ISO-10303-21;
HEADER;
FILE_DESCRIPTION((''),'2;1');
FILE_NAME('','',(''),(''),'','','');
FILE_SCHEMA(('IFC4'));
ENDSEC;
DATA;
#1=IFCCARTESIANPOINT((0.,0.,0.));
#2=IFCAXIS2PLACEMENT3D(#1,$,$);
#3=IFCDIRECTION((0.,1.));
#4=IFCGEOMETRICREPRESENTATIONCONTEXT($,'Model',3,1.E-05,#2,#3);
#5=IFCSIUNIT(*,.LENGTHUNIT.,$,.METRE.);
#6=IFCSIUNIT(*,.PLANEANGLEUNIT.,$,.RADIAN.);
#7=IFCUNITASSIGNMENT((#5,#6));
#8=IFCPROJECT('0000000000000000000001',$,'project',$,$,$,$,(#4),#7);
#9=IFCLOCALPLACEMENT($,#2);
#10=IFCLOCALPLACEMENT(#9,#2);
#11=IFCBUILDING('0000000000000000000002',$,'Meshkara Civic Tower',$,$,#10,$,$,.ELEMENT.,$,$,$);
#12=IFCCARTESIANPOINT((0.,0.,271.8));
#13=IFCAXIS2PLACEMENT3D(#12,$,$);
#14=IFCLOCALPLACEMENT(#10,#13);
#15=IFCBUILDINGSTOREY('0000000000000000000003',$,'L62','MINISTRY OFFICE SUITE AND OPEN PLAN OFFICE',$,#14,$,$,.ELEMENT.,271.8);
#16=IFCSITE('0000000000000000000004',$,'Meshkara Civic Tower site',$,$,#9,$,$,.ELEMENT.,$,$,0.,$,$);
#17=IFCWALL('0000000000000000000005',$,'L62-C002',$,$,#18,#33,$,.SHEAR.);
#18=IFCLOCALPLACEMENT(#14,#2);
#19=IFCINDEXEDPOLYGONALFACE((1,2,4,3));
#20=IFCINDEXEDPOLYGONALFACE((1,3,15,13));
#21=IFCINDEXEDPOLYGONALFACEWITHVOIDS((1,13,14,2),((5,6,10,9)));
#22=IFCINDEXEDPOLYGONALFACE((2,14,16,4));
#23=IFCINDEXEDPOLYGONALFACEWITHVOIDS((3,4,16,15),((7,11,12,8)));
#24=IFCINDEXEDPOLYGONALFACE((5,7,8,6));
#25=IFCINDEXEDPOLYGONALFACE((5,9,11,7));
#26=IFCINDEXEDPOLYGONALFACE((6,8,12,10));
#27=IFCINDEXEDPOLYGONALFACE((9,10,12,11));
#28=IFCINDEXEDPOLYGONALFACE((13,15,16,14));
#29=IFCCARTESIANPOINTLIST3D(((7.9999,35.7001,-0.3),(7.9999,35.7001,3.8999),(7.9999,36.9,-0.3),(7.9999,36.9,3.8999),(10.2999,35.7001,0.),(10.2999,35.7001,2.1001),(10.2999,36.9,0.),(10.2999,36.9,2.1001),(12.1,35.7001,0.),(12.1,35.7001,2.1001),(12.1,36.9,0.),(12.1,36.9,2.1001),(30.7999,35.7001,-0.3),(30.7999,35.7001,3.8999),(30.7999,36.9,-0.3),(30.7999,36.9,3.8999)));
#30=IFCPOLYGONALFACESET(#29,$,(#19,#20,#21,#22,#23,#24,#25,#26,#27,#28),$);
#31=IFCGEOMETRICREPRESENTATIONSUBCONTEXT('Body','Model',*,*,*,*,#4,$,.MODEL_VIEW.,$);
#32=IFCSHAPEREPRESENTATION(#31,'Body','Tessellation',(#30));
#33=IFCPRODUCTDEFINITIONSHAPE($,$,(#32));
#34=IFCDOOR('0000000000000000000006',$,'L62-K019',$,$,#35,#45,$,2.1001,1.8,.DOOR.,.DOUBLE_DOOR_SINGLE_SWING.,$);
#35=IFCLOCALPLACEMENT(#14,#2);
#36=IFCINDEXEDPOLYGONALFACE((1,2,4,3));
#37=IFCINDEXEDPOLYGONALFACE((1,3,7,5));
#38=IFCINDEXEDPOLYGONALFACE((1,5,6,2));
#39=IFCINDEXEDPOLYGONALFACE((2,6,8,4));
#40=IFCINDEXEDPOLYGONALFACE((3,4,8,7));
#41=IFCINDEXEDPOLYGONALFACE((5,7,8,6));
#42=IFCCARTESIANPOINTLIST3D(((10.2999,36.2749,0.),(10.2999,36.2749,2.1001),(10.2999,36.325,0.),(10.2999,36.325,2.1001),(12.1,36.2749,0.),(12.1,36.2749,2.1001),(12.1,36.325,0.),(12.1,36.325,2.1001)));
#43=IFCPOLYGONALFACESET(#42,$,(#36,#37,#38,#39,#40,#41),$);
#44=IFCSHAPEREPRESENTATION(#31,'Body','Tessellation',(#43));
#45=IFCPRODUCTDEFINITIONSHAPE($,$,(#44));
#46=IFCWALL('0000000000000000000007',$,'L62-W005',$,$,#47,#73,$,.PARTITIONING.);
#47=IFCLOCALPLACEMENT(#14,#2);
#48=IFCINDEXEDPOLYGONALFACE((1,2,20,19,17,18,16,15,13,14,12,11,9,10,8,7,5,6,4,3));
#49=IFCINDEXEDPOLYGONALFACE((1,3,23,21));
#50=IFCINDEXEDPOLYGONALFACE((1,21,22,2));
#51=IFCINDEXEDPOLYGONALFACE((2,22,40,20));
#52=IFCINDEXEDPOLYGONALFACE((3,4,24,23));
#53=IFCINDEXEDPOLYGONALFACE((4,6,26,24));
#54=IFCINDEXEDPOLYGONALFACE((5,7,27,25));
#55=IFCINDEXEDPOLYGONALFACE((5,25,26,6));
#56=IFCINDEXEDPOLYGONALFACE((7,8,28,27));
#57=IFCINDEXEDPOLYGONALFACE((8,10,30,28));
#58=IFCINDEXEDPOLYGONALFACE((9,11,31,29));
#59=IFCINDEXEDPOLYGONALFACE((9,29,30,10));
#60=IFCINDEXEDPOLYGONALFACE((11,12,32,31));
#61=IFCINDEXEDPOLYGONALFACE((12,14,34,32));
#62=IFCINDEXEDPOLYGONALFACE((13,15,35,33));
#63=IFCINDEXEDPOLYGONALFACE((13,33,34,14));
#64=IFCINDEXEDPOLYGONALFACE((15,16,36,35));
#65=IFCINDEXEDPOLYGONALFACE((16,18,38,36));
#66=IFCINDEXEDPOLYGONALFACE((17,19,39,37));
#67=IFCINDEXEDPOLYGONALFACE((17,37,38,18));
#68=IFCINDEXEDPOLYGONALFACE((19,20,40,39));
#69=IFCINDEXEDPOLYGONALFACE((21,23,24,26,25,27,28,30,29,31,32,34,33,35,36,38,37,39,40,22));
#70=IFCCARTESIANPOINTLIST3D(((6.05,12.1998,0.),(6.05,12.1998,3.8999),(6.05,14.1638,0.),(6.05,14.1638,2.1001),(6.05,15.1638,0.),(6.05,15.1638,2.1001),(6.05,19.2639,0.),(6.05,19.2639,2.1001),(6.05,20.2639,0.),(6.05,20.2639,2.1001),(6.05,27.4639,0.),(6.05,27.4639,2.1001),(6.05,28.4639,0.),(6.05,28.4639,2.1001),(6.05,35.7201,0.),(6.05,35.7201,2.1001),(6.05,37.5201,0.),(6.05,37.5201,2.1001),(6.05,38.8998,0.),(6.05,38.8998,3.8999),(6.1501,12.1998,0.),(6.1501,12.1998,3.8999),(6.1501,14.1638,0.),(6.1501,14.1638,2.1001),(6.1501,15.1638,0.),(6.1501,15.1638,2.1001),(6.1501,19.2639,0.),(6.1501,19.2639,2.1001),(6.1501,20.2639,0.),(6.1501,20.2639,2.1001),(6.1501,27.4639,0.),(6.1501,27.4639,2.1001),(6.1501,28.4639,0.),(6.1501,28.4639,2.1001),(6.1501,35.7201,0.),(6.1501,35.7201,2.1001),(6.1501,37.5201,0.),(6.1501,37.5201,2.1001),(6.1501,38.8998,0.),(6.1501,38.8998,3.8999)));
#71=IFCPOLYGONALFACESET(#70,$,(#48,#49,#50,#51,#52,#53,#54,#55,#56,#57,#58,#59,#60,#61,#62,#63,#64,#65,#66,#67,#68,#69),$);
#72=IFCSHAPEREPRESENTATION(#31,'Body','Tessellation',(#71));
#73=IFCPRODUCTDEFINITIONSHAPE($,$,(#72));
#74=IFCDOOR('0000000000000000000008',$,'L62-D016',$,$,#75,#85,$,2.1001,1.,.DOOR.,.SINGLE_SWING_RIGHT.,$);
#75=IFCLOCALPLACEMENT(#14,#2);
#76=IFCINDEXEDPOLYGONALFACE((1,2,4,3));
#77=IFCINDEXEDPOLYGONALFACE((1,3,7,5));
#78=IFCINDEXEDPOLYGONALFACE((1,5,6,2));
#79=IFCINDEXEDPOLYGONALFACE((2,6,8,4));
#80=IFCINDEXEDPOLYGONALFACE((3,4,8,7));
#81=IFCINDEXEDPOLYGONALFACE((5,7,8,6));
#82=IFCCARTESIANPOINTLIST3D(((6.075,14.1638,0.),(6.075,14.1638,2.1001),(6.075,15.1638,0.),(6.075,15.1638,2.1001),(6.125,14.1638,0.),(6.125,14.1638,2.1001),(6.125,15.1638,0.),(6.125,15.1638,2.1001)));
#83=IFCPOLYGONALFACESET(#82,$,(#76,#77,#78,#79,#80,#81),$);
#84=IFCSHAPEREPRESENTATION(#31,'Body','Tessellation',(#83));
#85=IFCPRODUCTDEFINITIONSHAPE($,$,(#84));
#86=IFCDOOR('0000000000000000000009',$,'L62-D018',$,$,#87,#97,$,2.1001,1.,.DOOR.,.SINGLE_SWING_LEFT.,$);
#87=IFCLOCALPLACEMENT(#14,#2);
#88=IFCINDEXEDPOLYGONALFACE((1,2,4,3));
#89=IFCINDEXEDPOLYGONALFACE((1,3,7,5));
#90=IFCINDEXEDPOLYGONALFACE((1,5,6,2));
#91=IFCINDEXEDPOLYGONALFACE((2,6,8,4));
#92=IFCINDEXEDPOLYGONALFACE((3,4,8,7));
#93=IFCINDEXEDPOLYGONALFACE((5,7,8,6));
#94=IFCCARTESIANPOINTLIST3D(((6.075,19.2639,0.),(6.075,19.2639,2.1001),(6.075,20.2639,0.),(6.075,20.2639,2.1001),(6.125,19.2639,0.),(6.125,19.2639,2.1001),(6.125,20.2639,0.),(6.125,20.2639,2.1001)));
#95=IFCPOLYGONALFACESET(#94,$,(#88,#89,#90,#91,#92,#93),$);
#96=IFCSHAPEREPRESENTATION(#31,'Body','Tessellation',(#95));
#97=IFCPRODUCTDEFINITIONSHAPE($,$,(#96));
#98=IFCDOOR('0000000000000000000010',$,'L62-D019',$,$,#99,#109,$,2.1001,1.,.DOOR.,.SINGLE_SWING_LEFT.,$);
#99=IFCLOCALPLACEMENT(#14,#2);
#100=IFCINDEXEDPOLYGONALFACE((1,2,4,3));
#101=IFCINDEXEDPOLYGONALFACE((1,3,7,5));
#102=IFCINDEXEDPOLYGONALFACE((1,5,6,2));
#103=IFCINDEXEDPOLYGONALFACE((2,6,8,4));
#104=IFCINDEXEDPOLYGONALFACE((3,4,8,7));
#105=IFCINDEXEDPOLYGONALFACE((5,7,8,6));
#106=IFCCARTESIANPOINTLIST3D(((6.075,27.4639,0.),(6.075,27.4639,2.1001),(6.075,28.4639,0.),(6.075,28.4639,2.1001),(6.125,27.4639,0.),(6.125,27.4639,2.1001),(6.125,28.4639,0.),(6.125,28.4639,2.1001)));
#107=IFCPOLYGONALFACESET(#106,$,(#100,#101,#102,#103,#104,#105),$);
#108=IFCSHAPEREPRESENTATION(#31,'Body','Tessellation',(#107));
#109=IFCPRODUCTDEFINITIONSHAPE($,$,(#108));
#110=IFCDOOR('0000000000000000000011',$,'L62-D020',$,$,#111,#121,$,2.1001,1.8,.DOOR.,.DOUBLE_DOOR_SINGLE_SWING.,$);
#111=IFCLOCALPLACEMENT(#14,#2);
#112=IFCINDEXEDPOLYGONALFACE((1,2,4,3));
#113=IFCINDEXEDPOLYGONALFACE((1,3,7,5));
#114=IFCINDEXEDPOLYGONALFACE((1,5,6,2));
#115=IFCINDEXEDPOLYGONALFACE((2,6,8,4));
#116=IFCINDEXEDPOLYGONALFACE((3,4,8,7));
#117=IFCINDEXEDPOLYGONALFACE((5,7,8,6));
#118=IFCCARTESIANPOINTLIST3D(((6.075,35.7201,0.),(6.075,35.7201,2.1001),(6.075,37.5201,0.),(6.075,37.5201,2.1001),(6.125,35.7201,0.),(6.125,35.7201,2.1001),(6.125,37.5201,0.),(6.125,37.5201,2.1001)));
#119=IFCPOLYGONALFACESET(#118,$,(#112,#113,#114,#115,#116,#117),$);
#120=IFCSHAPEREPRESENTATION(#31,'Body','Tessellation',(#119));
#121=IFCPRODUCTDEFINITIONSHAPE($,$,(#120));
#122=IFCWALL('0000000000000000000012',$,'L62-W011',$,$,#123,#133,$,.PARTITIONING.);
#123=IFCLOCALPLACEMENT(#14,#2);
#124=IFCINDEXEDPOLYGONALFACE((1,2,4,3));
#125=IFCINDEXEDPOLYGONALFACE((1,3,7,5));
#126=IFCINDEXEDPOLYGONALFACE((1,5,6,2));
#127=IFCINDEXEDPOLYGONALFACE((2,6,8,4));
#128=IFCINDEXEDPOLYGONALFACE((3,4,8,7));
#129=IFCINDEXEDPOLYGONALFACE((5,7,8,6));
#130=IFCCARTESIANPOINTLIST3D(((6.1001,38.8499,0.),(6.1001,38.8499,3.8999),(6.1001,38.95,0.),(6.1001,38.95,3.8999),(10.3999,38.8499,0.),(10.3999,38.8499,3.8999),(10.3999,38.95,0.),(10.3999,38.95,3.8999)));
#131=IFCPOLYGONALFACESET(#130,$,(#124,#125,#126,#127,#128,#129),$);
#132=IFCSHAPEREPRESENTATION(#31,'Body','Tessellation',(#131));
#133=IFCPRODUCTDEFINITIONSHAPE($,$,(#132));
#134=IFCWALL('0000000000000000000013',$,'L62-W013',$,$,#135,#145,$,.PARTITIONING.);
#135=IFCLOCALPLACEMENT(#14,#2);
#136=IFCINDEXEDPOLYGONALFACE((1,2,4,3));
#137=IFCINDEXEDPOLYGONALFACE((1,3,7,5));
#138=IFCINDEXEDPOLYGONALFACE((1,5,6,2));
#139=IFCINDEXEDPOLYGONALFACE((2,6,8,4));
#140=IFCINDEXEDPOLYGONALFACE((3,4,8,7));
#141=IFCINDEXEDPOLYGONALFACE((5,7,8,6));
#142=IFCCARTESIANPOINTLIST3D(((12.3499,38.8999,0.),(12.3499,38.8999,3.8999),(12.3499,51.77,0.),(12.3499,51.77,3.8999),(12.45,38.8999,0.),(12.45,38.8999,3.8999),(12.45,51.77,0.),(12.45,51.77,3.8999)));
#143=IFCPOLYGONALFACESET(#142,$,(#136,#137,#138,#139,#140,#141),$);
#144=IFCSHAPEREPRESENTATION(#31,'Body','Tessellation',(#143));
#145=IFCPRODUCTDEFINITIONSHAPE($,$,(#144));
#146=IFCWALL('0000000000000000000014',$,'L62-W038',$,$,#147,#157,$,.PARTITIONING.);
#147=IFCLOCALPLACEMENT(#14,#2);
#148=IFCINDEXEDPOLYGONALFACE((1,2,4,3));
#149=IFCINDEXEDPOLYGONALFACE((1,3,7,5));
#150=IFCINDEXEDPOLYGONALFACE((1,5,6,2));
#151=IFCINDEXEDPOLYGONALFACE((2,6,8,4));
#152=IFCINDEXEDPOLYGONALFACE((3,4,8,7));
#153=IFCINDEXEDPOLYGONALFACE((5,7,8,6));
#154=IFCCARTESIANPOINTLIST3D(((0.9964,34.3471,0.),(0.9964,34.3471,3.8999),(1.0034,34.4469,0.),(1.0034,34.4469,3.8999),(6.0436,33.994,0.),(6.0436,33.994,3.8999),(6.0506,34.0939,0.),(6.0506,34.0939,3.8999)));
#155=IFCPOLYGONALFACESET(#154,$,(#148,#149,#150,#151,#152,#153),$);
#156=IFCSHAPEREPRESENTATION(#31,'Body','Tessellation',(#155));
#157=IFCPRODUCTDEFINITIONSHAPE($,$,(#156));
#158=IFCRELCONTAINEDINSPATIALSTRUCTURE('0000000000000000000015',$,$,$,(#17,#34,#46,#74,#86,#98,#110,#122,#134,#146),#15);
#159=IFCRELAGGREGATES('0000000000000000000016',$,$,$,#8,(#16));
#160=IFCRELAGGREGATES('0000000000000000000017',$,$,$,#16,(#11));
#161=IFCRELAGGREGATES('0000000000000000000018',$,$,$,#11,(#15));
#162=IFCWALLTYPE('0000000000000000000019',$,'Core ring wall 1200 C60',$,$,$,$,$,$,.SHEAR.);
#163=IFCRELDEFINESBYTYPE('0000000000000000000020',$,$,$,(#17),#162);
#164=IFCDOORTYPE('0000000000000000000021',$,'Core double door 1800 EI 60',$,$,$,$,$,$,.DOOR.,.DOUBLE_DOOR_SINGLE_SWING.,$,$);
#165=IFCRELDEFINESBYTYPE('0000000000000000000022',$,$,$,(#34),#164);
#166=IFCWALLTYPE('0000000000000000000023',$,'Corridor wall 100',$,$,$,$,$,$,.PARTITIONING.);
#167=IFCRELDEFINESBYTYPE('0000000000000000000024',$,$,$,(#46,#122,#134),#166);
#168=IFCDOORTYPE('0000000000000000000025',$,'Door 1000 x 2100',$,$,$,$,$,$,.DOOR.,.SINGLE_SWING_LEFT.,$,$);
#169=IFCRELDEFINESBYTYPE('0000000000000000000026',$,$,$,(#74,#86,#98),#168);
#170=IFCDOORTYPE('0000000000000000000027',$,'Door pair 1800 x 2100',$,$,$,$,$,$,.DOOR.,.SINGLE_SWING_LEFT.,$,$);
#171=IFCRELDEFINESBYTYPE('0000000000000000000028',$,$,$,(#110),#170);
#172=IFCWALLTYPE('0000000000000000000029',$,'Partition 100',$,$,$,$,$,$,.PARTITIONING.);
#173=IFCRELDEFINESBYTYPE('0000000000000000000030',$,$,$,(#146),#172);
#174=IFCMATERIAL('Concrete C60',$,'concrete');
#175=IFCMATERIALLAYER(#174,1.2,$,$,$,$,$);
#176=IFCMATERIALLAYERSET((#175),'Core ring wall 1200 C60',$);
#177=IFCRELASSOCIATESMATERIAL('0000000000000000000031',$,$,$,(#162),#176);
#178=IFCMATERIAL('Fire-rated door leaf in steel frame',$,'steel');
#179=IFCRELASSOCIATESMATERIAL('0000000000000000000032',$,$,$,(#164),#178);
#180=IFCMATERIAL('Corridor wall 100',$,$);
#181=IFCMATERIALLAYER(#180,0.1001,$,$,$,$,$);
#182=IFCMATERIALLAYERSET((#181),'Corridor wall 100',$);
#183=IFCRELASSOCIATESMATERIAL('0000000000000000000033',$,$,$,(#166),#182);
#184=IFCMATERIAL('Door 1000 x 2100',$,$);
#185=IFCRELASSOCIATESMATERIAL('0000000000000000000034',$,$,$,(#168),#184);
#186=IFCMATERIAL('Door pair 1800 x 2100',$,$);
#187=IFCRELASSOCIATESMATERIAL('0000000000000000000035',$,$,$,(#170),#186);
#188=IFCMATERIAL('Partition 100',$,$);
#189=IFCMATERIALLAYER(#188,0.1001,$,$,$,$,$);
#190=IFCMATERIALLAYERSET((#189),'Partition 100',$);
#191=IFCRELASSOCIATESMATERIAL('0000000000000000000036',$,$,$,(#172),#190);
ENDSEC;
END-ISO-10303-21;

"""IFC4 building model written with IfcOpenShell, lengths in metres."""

from ifc_helpers import new_model, si_unit, direction, frame, frame_2d, origin, place, context, subcontext, project, spatial, rectangle, extrude, material, layer, layer_set, type_object, element, fill, save


model = new_model("IFC4")

# Units and contexts
model_context = context("Model", 3, precision=1e-05, world=origin(), true_north=direction((0.0, 1.0)))
body_context = subcontext(model_context, "Body", "Model", "MODEL_VIEW")
ifc_project = project(units=[si_unit("LENGTHUNIT", "METRE"), si_unit("PLANEANGLEUNIT", "RADIAN")], contexts=[model_context])

# Site, building, storey
site_placement = place(None, origin())
site = spatial("IfcSite", under=ifc_project, at=site_placement, Name="Meshkara Civic Tower site", CompositionType="ELEMENT", RefElevation=0.0)
building_placement = place(site_placement, origin())
building = spatial("IfcBuilding", under=site, at=building_placement, Name="Meshkara Civic Tower", CompositionType="ELEMENT")
storey_placement = place(building_placement, frame((0.0, 0.0, 271.8)))
storey = spatial("IfcBuildingStorey", under=building, at=storey_placement, Name="L62", Description="MINISTRY OFFICE SUITE AND OPEN PLAN OFFICE", CompositionType="ELEMENT", Elevation=271.8)

# Wall, opening, door
ifc_material_1 = material(Name="Concrete C60", Category="concrete")
ifc_layer_1 = layer(ifc_material_1, 1.2)
ifc_layer_set_1 = layer_set([ifc_layer_1], Name="Core ring wall 1200 C60")
wall_type_1 = type_object("IfcWallType", Name="Core ring wall 1200 C60", PredefinedType="SHEAR", material=ifc_layer_set_1)
wall_1_placement = place(storey_placement, frame((8.0, 36.3, -0.3), z_axis=(0.0, 0.0, 1.0), x_axis=(1.0, 0.0, 0.0)))
wall_1 = element("IfcWall", 1, at=wall_1_placement, inside=storey, type_object=wall_type_1, Name="L62-C002", PredefinedType="SHEAR", context=body_context, shape_type="SweptSolid", body=[
    extrude(rectangle(XDim=22.8, YDim=1.2, at=frame_2d((11.3999, 0.0))), origin(), (0.0, 0.0, 1.0), 4.2),
])
opening_1_placement = place(wall_1_placement, frame((2.3, 0.0, 0.3)))
opening_1 = element("IfcOpeningElement", 2, at=opening_1_placement, cuts=wall_1, PredefinedType="OPENING", context=body_context, shape_type="SweptSolid", body=[
    extrude(rectangle(XDim=1.8, YDim=2.1001, at=frame_2d((0.8999, 1.05))), frame((0.0, 0.6099, 0.0), z_axis=(0.0, -1.0, 0.0), x_axis=(1.0, 0.0, 0.0)), (0.0, 0.0, 1.0), 1.22),
])
ifc_material_2 = material(Name="Fire-rated door leaf in steel frame", Category="steel")
door_type_1 = type_object("IfcDoorType", Name="Core double door 1800 EI 60", OperationType="DOUBLE_DOOR_SINGLE_SWING", PredefinedType="DOOR", material=ifc_material_2)
door_1_placement = place(opening_1_placement, origin())
door_1 = element("IfcDoor", 3, at=door_1_placement, inside=storey, type_object=door_type_1, Name="L62-K019", OperationType="DOUBLE_DOOR_SINGLE_SWING", OverallHeight=2.1001, OverallWidth=1.8, PredefinedType="DOOR", context=body_context, shape_type="SweptSolid", body=[
    extrude(rectangle(XDim=1.8, YDim=2.1001, at=frame_2d((0.8999, 1.05))), frame((0.0, 0.0249, 0.0), z_axis=(0.0, -1.0, 0.0), x_axis=(1.0, 0.0, 0.0)), (0.0, 0.0, 1.0), 0.05),
])
fill(opening_1, door_1)

# Wall, openings, doors
ifc_material_3 = material(Name="Corridor wall 100")
ifc_layer_2 = layer(ifc_material_3, 0.1001)
ifc_layer_set_2 = layer_set([ifc_layer_2], Name="Corridor wall 100")
wall_type_2 = type_object("IfcWallType", Name="Corridor wall 100", PredefinedType="PARTITIONING", material=ifc_layer_set_2)
wall_2_placement = place(storey_placement, frame((6.1001, 38.8999, 0.0), z_axis=(0.0, 0.0, 1.0), x_axis=(0.0, -1.0, 0.0)))
wall_2 = element("IfcWall", 4, at=wall_2_placement, inside=storey, type_object=wall_type_2, Name="L62-W005", PredefinedType="PARTITIONING", context=body_context, shape_type="SweptSolid", body=[
    extrude(rectangle(XDim=26.7, YDim=0.1001, at=frame_2d((13.3501, 0.0))), origin(), (0.0, 0.0, 1.0), 3.8999),
])
opening_2_placement = place(wall_2_placement, frame((23.7361, 0.0, 0.0)))
opening_2 = element("IfcOpeningElement", 5, at=opening_2_placement, cuts=wall_2, PredefinedType="OPENING", context=body_context, shape_type="SweptSolid", body=[
    extrude(rectangle(XDim=1.0, YDim=2.1001, at=frame_2d((0.5, 1.05))), frame((0.0, 0.0601, 0.0), z_axis=(0.0, -1.0, 0.0), x_axis=(1.0, 0.0, 0.0)), (0.0, 0.0, 1.0), 0.1201),
])
opening_3_placement = place(wall_2_placement, frame((18.636, 0.0, 0.0)))
opening_3 = element("IfcOpeningElement", 6, at=opening_3_placement, cuts=wall_2, PredefinedType="OPENING", context=body_context, shape_type="SweptSolid", body=[
    extrude(rectangle(XDim=1.0, YDim=2.1001, at=frame_2d((0.5, 1.05))), frame((0.0, 0.0601, 0.0), z_axis=(0.0, -1.0, 0.0), x_axis=(1.0, 0.0, 0.0)), (0.0, 0.0, 1.0), 0.1201),
])
opening_4_placement = place(wall_2_placement, frame((10.436, 0.0, 0.0)))
opening_4 = element("IfcOpeningElement", 7, at=opening_4_placement, cuts=wall_2, PredefinedType="OPENING", context=body_context, shape_type="SweptSolid", body=[
    extrude(rectangle(XDim=1.0, YDim=2.1001, at=frame_2d((0.5, 1.05))), frame((0.0, 0.0601, 0.0), z_axis=(0.0, -1.0, 0.0), x_axis=(1.0, 0.0, 0.0)), (0.0, 0.0, 1.0), 0.1201),
])
opening_5_placement = place(wall_2_placement, frame((1.3799, 0.0, 0.0)))
opening_5 = element("IfcOpeningElement", 8, at=opening_5_placement, cuts=wall_2, PredefinedType="OPENING", context=body_context, shape_type="SweptSolid", body=[
    extrude(rectangle(XDim=1.8, YDim=2.1001, at=frame_2d((0.8999, 1.05))), frame((0.0, 0.0601, 0.0), z_axis=(0.0, -1.0, 0.0), x_axis=(1.0, 0.0, 0.0)), (0.0, 0.0, 1.0), 0.1201),
])
ifc_material_4 = material(Name="Door 1000 x 2100")
door_type_2 = type_object("IfcDoorType", Name="Door 1000 x 2100", OperationType="SINGLE_SWING_LEFT", PredefinedType="DOOR", material=ifc_material_4)
door_2_placement = place(opening_2_placement, origin())
door_2 = element("IfcDoor", 9, at=door_2_placement, inside=storey, type_object=door_type_2, Name="L62-D016", OperationType="SINGLE_SWING_RIGHT", OverallHeight=2.1001, OverallWidth=1.0, PredefinedType="DOOR", context=body_context, shape_type="SweptSolid", body=[
    extrude(rectangle(XDim=1.0, YDim=2.1001, at=frame_2d((0.5, 1.05))), frame((0.0, 0.0249, 0.0), z_axis=(0.0, -1.0, 0.0), x_axis=(1.0, 0.0, 0.0)), (0.0, 0.0, 1.0), 0.05),
])
fill(opening_2, door_2)
door_3_placement = place(opening_3_placement, origin())
door_3 = element("IfcDoor", 10, at=door_3_placement, inside=storey, type_object=door_type_2, Name="L62-D018", OperationType="SINGLE_SWING_LEFT", OverallHeight=2.1001, OverallWidth=1.0, PredefinedType="DOOR", context=body_context, shape_type="SweptSolid", body=[
    extrude(rectangle(XDim=1.0, YDim=2.1001, at=frame_2d((0.5, 1.05))), frame((0.0, 0.0249, 0.0), z_axis=(0.0, -1.0, 0.0), x_axis=(1.0, 0.0, 0.0)), (0.0, 0.0, 1.0), 0.05),
])
fill(opening_3, door_3)
door_4_placement = place(opening_4_placement, origin())
door_4 = element("IfcDoor", 11, at=door_4_placement, inside=storey, type_object=door_type_2, Name="L62-D019", OperationType="SINGLE_SWING_LEFT", OverallHeight=2.1001, OverallWidth=1.0, PredefinedType="DOOR", context=body_context, shape_type="SweptSolid", body=[
    extrude(rectangle(XDim=1.0, YDim=2.1001, at=frame_2d((0.5, 1.05))), frame((0.0, 0.0249, 0.0), z_axis=(0.0, -1.0, 0.0), x_axis=(1.0, 0.0, 0.0)), (0.0, 0.0, 1.0), 0.05),
])
fill(opening_4, door_4)
ifc_material_5 = material(Name="Door pair 1800 x 2100")
door_type_3 = type_object("IfcDoorType", Name="Door pair 1800 x 2100", OperationType="SINGLE_SWING_LEFT", PredefinedType="DOOR", material=ifc_material_5)
door_5_placement = place(opening_5_placement, origin())
door_5 = element("IfcDoor", 12, at=door_5_placement, inside=storey, type_object=door_type_3, Name="L62-D020", OperationType="DOUBLE_DOOR_SINGLE_SWING", OverallHeight=2.1001, OverallWidth=1.8, PredefinedType="DOOR", context=body_context, shape_type="SweptSolid", body=[
    extrude(rectangle(XDim=1.8, YDim=2.1001, at=frame_2d((0.8999, 1.05))), frame((0.0, 0.0249, 0.0), z_axis=(0.0, -1.0, 0.0), x_axis=(1.0, 0.0, 0.0)), (0.0, 0.0, 1.0), 0.05),
])
fill(opening_5, door_5)

# Walls
wall_3_placement = place(storey_placement, frame((10.3999, 38.8999, 0.0), z_axis=(0.0, 0.0, 1.0), x_axis=(-1.0, 0.0, 0.0)))
element("IfcWall", 13, at=wall_3_placement, inside=storey, type_object=wall_type_2, Name="L62-W011", PredefinedType="PARTITIONING", context=body_context, shape_type="SweptSolid", body=[
    extrude(rectangle(XDim=4.2998, YDim=0.1001, at=frame_2d((2.1499, 0.0))), origin(), (0.0, 0.0, 1.0), 3.8999),
])
wall_4_placement = place(storey_placement, frame((12.3999, 38.8999, 0.0), z_axis=(0.0, 0.0, 1.0), x_axis=(0.0, 1.0, 0.0)))
element("IfcWall", 14, at=wall_4_placement, inside=storey, type_object=wall_type_2, Name="L62-W013", PredefinedType="PARTITIONING", context=body_context, shape_type="SweptSolid", body=[
    extrude(rectangle(XDim=12.8701, YDim=0.1001, at=frame_2d((6.4351, 0.0))), origin(), (0.0, 0.0, 1.0), 3.8999),
])
ifc_material_6 = material(Name="Partition 100")
ifc_layer_3 = layer(ifc_material_6, 0.1001)
ifc_layer_set_3 = layer_set([ifc_layer_3], Name="Partition 100")
wall_type_3 = type_object("IfcWallType", Name="Partition 100", PredefinedType="PARTITIONING", material=ifc_layer_set_3)
wall_5_placement = place(storey_placement, frame((6.0471, 34.0439, 0.0), z_axis=(0.0, 0.0, 1.0), x_axis=(-0.997563, 0.069776, 0.0)))
element("IfcWall", 15, at=wall_5_placement, inside=storey, type_object=wall_type_3, Name="L62-W038", PredefinedType="PARTITIONING", context=body_context, shape_type="SweptSolid", body=[
    extrude(rectangle(XDim=5.0596, YDim=0.1001, at=frame_2d((2.5298, 0.0))), origin(), (0.0, 0.0, 1.0), 3.8999),
])

save(model, "model.ifc")
